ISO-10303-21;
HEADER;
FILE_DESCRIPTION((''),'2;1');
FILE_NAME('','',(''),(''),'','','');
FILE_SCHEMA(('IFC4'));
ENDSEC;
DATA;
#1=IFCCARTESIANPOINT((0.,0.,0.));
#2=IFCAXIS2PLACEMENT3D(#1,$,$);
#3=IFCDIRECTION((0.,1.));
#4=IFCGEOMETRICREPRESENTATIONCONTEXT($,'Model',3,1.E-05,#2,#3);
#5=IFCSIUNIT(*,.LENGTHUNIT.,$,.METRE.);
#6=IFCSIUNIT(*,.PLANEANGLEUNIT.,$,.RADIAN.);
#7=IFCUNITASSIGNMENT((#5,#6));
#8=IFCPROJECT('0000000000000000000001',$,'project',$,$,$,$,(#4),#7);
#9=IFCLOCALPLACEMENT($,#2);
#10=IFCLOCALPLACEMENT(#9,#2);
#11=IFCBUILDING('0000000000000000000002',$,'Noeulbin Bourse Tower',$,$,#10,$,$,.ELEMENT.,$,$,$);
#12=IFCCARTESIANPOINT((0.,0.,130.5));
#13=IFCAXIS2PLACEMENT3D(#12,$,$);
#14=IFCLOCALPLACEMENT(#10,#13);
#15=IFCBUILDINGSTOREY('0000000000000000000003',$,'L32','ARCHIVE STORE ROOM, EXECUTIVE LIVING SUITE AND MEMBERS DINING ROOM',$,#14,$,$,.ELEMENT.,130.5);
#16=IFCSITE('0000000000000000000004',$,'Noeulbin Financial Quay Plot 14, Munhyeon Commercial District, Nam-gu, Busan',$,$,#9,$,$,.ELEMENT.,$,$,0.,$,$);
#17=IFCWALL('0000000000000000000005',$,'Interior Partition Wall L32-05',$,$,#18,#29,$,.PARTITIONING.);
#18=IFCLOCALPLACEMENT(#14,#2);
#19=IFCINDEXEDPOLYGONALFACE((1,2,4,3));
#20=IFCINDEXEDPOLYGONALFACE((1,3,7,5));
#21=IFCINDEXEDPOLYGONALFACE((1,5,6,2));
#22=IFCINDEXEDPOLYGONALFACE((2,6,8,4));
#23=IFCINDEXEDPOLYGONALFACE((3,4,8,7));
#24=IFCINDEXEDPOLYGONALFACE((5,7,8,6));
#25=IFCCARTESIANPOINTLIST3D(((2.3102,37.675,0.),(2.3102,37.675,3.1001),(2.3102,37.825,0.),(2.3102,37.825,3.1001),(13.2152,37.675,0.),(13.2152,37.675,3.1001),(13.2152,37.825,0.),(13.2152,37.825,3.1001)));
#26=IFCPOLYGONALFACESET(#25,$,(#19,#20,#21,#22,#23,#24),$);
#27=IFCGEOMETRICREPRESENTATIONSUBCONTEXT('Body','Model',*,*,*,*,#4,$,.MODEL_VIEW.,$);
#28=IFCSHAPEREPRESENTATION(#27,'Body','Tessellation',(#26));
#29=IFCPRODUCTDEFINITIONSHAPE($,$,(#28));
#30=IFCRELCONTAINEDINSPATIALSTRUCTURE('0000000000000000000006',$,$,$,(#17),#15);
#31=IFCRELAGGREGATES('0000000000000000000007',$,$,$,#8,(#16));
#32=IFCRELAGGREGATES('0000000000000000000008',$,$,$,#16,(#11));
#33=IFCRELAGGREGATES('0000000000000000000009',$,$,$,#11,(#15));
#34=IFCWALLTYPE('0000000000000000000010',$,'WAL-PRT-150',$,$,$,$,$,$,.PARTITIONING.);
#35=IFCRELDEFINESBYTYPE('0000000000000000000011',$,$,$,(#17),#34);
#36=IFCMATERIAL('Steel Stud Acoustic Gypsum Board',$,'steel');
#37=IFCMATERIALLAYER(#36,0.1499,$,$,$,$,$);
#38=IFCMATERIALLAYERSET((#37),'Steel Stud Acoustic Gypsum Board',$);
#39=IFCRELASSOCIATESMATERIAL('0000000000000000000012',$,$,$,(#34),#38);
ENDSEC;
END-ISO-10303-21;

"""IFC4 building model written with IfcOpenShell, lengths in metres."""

from ifc_helpers import new_model, si_unit, direction, frame, frame_2d, origin, place, context, subcontext, project, spatial, rectangle, extrude, material, layer, layer_set, type_object, element, save


model = new_model("IFC4")

# Units and contexts
model_context = context("Model", 3, precision=1e-05, world=origin(), true_north=direction((0.0, 1.0)))
body_context = subcontext(model_context, "Body", "Model", "MODEL_VIEW")
ifc_project = project(units=[si_unit("LENGTHUNIT", "METRE"), si_unit("PLANEANGLEUNIT", "RADIAN")], contexts=[model_context])

# Site, building, storey
site_placement = place(None, origin())
site = spatial("IfcSite", under=ifc_project, at=site_placement, Name="Noeulbin Financial Quay Plot 14, Munhyeon Commercial District, Nam-gu, Busan", CompositionType="ELEMENT", RefElevation=0.0)
building_placement = place(site_placement, origin())
building = spatial("IfcBuilding", under=site, at=building_placement, Name="Noeulbin Bourse Tower", CompositionType="ELEMENT")
storey_placement = place(building_placement, frame((0.0, 0.0, 130.5)))
storey = spatial("IfcBuildingStorey", under=building, at=storey_placement, Name="L32", Description="ARCHIVE STORE ROOM, EXECUTIVE LIVING SUITE AND MEMBERS DINING ROOM", CompositionType="ELEMENT", Elevation=130.5)

# Wall
ifc_material_1 = material(Name="Steel Stud Acoustic Gypsum Board", Category="steel")
ifc_layer_1 = layer(ifc_material_1, 0.1499)
ifc_layer_set_1 = layer_set([ifc_layer_1], Name="Steel Stud Acoustic Gypsum Board")
wall_type_1 = type_object("IfcWallType", Name="WAL-PRT-150", PredefinedType="PARTITIONING", material=ifc_layer_set_1)
wall_1_placement = place(storey_placement, frame((2.3101, 37.75, 0.0), z_axis=(0.0, 0.0, 1.0), x_axis=(1.0, 0.0, 0.0)))
element("IfcWall", 1, at=wall_1_placement, inside=storey, type_object=wall_type_1, Name="Interior Partition Wall L32-05", PredefinedType="PARTITIONING", context=body_context, shape_type="SweptSolid", body=[
    extrude(rectangle(XDim=10.905, YDim=0.1499, at=frame_2d((5.4526, 0.0))), origin(), (0.0, 0.0, 1.0), 3.1001),
])

save(model, "model.ifc")
